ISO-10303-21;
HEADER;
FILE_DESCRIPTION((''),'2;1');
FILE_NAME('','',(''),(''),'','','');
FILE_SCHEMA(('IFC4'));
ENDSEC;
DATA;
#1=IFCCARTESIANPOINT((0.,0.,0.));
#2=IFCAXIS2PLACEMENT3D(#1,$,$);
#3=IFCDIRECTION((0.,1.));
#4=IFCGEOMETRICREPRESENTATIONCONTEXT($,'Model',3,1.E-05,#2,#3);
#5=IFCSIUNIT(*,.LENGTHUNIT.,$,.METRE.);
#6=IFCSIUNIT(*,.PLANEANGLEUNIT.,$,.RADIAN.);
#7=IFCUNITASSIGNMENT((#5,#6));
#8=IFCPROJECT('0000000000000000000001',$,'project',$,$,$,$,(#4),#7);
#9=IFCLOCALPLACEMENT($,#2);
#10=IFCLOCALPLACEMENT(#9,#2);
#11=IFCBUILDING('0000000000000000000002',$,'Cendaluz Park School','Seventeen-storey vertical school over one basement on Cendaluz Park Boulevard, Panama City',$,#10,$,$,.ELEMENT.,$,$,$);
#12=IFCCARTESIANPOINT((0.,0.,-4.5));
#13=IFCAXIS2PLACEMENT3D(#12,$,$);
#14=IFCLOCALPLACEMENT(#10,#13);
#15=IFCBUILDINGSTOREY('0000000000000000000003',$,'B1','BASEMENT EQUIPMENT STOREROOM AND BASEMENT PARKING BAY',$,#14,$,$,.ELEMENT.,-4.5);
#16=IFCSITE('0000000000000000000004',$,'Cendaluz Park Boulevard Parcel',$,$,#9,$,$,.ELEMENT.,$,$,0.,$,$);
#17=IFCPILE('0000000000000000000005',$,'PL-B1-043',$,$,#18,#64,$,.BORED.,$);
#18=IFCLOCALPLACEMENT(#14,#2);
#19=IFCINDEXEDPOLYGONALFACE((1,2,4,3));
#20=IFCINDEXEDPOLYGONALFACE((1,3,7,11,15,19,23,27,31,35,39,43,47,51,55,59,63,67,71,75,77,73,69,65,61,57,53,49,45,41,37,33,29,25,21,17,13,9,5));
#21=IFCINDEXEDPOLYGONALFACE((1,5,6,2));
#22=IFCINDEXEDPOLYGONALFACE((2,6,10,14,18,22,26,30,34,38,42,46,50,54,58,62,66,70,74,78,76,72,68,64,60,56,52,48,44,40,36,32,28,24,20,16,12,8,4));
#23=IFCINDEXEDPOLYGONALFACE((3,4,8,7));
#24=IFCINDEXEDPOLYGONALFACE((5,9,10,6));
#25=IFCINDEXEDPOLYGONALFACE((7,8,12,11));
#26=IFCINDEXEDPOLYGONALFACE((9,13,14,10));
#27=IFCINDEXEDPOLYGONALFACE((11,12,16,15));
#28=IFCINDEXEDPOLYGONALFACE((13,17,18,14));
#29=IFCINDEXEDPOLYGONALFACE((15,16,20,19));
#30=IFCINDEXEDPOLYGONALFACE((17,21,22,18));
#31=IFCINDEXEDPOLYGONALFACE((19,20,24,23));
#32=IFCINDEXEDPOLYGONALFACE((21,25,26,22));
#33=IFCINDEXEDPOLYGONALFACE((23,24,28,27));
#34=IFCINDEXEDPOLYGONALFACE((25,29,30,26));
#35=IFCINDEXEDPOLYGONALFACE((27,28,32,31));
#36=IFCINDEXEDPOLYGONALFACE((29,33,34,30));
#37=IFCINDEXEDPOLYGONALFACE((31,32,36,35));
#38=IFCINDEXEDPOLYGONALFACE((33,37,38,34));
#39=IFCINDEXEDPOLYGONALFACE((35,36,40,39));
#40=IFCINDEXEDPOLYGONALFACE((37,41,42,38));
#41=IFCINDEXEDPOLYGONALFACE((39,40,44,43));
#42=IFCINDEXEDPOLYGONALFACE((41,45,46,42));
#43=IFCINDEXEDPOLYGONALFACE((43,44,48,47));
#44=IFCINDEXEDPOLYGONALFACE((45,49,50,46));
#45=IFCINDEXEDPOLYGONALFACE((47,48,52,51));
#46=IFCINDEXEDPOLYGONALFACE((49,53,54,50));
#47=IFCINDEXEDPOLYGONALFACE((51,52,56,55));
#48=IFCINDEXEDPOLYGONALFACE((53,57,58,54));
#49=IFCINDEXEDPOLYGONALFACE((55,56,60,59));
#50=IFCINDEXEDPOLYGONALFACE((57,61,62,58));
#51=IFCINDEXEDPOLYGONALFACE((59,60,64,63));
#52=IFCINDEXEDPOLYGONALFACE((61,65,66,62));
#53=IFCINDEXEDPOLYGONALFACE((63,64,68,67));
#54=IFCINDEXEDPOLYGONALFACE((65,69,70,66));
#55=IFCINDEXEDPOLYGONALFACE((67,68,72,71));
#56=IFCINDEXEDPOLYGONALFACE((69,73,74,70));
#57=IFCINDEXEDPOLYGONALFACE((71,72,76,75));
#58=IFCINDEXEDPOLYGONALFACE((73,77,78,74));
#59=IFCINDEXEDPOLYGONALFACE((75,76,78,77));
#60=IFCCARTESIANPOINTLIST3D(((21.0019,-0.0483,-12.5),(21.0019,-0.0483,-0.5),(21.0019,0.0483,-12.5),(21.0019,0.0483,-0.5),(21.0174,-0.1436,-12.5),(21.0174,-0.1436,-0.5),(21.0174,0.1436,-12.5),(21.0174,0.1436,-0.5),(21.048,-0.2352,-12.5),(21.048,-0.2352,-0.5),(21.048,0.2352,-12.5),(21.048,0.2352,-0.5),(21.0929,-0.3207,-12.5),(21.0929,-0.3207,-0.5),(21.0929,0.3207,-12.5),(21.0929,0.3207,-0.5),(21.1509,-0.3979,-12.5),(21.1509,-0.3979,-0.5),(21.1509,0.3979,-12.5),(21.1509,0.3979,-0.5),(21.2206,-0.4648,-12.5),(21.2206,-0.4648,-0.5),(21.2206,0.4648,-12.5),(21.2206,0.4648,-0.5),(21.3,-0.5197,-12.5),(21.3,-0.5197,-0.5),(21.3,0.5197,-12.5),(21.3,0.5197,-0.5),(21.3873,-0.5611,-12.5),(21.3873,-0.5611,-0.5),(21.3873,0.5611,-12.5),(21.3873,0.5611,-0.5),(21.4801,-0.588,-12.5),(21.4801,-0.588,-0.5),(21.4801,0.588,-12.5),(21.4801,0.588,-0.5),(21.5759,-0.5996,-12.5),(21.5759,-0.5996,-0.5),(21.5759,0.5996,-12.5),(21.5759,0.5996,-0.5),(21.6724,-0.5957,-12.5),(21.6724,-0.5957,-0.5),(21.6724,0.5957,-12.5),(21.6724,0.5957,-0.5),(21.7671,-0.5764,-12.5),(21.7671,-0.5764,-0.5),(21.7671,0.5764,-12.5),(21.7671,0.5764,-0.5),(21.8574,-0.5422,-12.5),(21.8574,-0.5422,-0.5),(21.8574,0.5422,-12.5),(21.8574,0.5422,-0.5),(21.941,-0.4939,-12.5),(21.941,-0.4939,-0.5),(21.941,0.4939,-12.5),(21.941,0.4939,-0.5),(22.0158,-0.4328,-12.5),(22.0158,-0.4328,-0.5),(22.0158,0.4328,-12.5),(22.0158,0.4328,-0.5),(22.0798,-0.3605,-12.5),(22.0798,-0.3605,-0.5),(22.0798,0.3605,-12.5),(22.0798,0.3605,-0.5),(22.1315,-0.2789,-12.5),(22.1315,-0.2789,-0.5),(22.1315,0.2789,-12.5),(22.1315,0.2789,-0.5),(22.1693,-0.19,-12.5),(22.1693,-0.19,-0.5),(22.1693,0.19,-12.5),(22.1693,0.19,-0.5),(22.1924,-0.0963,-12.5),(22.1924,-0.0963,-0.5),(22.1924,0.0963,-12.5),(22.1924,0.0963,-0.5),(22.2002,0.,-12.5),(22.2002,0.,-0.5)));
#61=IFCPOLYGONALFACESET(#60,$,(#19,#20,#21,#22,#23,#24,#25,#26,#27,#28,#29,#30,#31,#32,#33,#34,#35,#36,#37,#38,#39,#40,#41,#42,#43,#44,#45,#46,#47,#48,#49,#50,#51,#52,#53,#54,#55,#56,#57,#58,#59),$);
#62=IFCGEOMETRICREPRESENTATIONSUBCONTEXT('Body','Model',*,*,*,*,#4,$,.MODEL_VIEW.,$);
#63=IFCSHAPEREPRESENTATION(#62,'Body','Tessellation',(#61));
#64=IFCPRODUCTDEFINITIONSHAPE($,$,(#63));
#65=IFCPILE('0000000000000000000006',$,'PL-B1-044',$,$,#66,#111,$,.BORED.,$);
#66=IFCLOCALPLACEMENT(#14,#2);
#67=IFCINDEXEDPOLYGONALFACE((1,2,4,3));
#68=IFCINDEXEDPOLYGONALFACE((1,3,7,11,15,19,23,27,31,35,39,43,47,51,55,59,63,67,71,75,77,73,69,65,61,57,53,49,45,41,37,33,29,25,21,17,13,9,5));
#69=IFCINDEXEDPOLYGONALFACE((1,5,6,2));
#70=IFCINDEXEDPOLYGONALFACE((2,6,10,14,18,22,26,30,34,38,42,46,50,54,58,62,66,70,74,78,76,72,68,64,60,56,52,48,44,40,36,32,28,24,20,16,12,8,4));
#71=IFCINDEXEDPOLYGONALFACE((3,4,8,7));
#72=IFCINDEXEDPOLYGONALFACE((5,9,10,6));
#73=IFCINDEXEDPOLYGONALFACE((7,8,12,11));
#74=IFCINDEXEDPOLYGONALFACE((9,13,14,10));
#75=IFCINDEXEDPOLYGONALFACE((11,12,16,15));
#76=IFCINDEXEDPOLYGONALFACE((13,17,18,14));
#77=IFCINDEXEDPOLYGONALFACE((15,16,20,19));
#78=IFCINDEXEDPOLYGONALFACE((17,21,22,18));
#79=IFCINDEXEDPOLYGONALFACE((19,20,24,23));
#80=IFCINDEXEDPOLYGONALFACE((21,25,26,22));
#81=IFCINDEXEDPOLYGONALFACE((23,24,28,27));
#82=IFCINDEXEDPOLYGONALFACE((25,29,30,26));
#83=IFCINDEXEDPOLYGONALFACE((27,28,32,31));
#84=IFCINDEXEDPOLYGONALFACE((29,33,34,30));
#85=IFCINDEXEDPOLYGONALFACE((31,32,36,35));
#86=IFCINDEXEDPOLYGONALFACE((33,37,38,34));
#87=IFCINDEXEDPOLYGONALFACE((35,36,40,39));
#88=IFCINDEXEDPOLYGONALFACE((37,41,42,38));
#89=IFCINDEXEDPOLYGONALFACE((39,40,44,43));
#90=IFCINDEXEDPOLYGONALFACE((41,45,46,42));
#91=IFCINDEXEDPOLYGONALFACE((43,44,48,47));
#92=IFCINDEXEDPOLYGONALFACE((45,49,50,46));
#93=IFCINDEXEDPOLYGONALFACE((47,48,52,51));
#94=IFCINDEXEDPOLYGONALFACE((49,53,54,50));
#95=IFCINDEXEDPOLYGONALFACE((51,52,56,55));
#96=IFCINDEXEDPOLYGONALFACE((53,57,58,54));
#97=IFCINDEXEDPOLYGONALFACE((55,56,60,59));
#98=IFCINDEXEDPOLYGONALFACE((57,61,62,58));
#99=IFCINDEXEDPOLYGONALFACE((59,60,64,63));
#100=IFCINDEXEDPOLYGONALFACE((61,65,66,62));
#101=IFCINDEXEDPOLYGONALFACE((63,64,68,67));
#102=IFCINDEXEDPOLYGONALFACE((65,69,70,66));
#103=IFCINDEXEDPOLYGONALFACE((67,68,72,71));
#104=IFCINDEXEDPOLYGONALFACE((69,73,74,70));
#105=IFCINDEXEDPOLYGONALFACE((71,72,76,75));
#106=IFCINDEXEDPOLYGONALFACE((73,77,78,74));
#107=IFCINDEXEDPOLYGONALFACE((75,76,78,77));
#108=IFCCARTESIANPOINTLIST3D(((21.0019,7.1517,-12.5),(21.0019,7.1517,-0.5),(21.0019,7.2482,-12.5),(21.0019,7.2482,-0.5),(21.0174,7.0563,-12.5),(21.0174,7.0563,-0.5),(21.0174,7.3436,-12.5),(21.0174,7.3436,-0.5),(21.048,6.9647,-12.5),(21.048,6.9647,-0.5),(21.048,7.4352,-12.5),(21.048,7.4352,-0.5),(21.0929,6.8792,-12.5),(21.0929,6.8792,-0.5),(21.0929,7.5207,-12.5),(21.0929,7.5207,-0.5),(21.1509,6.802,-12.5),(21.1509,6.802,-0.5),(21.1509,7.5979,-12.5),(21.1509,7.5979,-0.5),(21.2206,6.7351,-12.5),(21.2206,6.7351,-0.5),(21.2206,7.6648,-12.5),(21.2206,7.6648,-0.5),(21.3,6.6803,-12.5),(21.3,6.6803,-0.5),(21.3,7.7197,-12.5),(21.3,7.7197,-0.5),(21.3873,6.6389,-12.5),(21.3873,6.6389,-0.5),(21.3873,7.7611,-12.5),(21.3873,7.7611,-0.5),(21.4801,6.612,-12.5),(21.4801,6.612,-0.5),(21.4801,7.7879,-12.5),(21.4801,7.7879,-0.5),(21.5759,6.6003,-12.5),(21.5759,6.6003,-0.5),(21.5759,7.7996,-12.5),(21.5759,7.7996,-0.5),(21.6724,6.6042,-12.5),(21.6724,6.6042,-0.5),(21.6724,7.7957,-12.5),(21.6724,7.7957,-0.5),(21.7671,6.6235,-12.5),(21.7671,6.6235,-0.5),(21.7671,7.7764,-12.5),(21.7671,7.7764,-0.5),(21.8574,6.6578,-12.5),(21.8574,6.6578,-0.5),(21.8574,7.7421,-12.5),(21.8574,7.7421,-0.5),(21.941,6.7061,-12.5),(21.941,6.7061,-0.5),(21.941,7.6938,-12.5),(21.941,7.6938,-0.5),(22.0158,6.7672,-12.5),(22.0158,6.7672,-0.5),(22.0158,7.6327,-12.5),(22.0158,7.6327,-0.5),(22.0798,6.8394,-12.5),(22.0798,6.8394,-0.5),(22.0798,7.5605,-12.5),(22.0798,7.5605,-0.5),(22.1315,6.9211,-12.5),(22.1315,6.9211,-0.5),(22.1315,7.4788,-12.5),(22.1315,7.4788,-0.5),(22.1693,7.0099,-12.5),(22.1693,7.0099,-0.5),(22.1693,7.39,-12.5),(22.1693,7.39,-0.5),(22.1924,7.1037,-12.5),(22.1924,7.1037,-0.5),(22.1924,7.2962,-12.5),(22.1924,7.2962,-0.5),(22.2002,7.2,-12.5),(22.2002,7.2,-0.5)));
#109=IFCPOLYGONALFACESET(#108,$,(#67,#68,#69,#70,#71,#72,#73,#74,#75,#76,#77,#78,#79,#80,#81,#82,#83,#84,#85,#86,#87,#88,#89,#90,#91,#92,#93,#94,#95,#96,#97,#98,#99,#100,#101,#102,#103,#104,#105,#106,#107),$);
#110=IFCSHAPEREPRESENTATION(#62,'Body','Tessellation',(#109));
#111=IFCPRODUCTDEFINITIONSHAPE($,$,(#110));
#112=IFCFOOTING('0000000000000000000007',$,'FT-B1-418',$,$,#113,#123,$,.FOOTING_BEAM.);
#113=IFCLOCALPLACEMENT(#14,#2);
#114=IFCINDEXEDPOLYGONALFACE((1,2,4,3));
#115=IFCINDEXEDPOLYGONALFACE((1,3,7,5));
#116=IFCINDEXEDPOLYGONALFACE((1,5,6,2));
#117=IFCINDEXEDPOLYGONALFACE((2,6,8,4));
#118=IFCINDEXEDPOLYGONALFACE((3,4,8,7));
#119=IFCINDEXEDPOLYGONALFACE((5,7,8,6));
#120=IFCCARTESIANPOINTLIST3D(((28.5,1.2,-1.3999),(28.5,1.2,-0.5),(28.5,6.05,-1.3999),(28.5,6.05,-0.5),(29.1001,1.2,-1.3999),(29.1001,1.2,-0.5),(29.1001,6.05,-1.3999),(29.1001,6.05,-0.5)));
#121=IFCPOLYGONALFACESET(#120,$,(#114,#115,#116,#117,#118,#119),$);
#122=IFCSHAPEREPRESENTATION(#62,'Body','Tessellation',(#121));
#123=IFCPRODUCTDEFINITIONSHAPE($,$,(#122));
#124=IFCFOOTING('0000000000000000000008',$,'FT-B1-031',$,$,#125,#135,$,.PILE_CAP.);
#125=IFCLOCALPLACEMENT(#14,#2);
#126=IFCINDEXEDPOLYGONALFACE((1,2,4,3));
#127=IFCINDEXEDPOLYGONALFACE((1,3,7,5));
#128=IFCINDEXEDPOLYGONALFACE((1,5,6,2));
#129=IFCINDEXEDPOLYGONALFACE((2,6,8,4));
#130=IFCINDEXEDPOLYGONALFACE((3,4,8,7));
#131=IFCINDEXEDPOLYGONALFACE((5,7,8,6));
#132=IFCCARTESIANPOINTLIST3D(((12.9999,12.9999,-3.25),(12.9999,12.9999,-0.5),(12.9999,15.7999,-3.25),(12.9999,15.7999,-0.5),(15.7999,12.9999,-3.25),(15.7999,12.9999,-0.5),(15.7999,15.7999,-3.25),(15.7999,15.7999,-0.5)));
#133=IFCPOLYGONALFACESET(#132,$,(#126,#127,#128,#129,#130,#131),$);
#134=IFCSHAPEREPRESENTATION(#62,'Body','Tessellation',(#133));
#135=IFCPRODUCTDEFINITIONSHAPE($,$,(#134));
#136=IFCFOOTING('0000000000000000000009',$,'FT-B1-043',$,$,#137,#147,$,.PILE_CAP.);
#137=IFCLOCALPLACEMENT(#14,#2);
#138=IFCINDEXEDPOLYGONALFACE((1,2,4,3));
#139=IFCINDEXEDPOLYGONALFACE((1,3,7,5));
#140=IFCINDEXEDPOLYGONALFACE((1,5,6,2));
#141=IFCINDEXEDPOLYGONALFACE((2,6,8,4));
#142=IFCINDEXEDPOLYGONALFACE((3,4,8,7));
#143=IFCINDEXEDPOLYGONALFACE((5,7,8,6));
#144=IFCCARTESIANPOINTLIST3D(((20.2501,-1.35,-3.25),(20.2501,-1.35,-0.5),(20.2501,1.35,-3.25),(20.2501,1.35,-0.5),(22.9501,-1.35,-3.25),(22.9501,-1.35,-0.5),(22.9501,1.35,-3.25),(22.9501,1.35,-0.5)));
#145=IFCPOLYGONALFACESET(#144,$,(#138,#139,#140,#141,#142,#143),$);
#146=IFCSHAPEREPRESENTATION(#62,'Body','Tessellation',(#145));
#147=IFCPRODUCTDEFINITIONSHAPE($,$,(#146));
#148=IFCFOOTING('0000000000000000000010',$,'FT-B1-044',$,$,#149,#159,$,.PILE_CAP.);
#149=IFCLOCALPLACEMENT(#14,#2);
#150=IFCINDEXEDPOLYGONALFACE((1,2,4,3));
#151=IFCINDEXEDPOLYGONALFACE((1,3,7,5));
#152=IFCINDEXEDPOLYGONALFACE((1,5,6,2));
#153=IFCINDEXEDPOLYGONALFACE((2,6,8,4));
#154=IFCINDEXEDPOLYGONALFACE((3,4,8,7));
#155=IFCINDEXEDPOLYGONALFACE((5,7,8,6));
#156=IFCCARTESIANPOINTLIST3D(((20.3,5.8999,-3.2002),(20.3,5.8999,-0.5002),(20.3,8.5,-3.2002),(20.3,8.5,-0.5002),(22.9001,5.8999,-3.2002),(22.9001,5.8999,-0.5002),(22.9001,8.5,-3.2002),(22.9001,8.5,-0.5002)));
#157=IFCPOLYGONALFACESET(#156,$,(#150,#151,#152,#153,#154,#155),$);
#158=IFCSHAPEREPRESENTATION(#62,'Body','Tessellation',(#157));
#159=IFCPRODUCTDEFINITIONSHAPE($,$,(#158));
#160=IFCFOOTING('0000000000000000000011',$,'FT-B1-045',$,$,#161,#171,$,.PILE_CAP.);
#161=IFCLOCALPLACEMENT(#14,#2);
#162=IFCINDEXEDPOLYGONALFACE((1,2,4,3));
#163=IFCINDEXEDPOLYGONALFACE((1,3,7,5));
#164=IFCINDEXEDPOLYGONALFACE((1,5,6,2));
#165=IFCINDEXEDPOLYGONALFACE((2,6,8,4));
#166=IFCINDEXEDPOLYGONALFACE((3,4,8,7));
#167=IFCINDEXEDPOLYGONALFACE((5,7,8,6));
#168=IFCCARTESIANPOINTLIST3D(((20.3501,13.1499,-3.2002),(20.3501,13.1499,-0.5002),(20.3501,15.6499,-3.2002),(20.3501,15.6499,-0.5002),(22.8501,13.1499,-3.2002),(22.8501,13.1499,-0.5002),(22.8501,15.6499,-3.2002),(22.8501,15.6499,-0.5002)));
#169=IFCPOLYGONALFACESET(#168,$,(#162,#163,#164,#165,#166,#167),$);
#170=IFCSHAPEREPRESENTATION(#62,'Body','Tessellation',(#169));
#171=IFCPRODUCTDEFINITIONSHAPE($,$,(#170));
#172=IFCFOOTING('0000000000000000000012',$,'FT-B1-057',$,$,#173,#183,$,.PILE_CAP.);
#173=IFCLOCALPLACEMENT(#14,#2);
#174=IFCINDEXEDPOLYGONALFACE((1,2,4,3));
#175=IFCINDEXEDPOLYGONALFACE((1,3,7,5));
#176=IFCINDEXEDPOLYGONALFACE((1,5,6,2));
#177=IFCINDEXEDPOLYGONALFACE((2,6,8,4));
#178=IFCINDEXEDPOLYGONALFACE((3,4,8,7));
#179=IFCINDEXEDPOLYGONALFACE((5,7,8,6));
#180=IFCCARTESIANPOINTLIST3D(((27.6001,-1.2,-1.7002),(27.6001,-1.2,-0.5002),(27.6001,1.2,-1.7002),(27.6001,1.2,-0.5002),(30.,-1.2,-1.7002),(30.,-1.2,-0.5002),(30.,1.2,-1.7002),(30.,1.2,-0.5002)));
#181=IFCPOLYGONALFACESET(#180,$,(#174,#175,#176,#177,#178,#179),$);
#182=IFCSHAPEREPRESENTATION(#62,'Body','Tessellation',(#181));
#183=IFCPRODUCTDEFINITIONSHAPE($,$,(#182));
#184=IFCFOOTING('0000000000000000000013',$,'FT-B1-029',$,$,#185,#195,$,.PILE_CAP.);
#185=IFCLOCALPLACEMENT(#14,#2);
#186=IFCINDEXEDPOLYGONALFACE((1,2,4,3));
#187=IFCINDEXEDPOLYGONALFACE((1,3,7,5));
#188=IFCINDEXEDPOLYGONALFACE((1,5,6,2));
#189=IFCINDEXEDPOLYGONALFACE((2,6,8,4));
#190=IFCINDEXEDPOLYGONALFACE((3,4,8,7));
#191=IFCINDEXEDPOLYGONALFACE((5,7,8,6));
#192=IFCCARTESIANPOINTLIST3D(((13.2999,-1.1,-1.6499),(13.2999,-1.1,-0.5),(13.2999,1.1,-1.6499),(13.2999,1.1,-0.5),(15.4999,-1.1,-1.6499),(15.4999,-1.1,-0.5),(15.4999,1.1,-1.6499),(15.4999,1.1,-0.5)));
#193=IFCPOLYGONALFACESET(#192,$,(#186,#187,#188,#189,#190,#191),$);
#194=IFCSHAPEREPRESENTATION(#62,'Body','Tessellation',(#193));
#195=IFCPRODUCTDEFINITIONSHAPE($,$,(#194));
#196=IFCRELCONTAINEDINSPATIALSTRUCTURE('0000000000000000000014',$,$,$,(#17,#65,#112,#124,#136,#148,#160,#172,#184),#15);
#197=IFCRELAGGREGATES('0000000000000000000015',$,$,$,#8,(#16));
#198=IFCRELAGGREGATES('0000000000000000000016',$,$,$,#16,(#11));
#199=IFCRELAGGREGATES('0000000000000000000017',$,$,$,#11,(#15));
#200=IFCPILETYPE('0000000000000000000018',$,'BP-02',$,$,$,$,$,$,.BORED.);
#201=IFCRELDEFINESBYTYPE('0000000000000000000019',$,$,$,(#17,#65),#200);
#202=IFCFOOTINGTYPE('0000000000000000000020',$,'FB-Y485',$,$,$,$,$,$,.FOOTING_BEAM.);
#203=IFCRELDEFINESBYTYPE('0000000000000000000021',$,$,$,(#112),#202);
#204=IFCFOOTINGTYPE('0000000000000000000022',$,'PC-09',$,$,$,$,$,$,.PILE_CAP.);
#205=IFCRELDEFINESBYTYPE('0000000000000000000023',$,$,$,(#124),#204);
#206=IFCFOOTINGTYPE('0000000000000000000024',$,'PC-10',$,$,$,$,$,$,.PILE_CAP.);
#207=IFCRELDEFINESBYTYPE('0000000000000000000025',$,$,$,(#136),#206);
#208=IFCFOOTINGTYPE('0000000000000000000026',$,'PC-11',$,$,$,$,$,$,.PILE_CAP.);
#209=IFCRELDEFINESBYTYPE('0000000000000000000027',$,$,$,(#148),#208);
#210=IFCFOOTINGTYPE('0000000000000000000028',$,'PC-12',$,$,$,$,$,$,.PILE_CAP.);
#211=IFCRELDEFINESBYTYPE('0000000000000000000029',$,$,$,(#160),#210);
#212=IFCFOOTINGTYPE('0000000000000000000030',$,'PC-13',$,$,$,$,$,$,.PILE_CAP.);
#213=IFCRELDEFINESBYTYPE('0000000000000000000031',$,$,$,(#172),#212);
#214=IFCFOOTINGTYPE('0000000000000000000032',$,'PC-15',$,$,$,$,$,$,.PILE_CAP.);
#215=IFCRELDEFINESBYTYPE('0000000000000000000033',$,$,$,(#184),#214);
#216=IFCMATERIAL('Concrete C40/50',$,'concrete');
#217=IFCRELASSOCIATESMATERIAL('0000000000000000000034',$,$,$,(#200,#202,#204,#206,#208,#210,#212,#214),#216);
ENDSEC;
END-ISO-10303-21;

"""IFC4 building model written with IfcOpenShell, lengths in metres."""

from ifc_helpers import new_model, si_unit, direction, frame, origin, origin_2d, place, context, subcontext, project, spatial, rectangle, circle, extrude, material, material_profile, profile_set, type_object, element, save


model = new_model("IFC4")

# Units and contexts
model_context = context("Model", 3, precision=1e-05, world=origin(), true_north=direction((0.0, 1.0)))
body_context = subcontext(model_context, "Body", "Model", "MODEL_VIEW")
ifc_project = project(units=[si_unit("LENGTHUNIT", "METRE"), si_unit("PLANEANGLEUNIT", "RADIAN")], contexts=[model_context])

# Site, building, storey
site_placement = place(None, origin())
site = spatial("IfcSite", under=ifc_project, at=site_placement, Name="Cendaluz Park Boulevard Parcel", CompositionType="ELEMENT", RefElevation=0.0)
building_placement = place(site_placement, origin())
building = spatial("IfcBuilding", under=site, at=building_placement, Name="Cendaluz Park School", Description="Seventeen-storey vertical school over one basement on Cendaluz Park Boulevard, Panama City", CompositionType="ELEMENT")
storey_placement = place(building_placement, frame((0.0, 0.0, -4.5)))
storey = spatial("IfcBuildingStorey", under=building, at=storey_placement, Name="B1", Description="BASEMENT EQUIPMENT STOREROOM AND BASEMENT PARKING BAY", CompositionType="ELEMENT", Elevation=-4.5)

# Piles
ifc_material_1 = material(Name="Concrete C40/50", Category="concrete")
ifc_material_profile_1 = material_profile(ifc_material_1, circle(Radius=0.6001, at=origin_2d()), Name="BP D1200", Category="concrete")
ifc_profile_set_1 = profile_set([ifc_material_profile_1], Name="Concrete C40/50")
pile_type_1 = type_object("IfcPileType", Name="BP-02", PredefinedType="BORED", material=ifc_profile_set_1)
for number, where, z_axis, x_axis, name in (
    (1, (21.6001, 0.0, -0.5), (0.0, 0.0, -1.0), (1.0, 0.0, 0.0), "PL-B1-043"),
    (2, (21.6001, 7.2, -0.5), (0.0, 0.0, -1.0), (1.0, 0.0, 0.0), "PL-B1-044"),
):
    element("IfcPile", number, at=place(storey_placement, frame(where, z_axis=z_axis, x_axis=x_axis)), inside=storey, type_object=pile_type_1, Name=name, PredefinedType="BORED", context=body_context, shape_type="SweptSolid", body=[
        extrude(circle(Radius=0.6001, at=origin_2d()), origin(), (0.0, 0.0, 1.0), 12.0),
    ])

# Footings
footing_type_1 = type_object("IfcFootingType", Name="FB-Y485", PredefinedType="FOOTING_BEAM", material=ifc_material_1)
footing_1_placement = place(storey_placement, frame((28.8, 3.625, -1.3999), z_axis=(0.0, 0.0, 1.0), x_axis=(1.0, 0.0, 0.0)))
element("IfcFooting", 3, at=footing_1_placement, inside=storey, type_object=footing_type_1, Name="FT-B1-418", PredefinedType="FOOTING_BEAM", context=body_context, shape_type="SweptSolid", body=[
    extrude(rectangle(XDim=0.6001, YDim=4.8501, at=origin_2d()), origin(), (0.0, 0.0, 1.0), 0.8999),
])
footing_type_2 = type_object("IfcFootingType", Name="PC-09", PredefinedType="PILE_CAP", material=ifc_material_1)
footing_2_placement = place(storey_placement, frame((14.3999, 14.3999, -3.25), z_axis=(0.0, 0.0, 1.0), x_axis=(1.0, 0.0, 0.0)))
element("IfcFooting", 4, at=footing_2_placement, inside=storey, type_object=footing_type_2, Name="FT-B1-031", PredefinedType="PILE_CAP", context=body_context, shape_type="SweptSolid", body=[
    extrude(rectangle(XDim=2.8, YDim=2.8, at=origin_2d()), origin(), (0.0, 0.0, 1.0), 2.75),
])
footing_type_3 = type_object("IfcFootingType", Name="PC-10", PredefinedType="PILE_CAP", material=ifc_material_1)
footing_3_placement = place(storey_placement, frame((21.6001, 0.0, -3.25), z_axis=(0.0, 0.0, 1.0), x_axis=(1.0, 0.0, 0.0)))
element("IfcFooting", 5, at=footing_3_placement, inside=storey, type_object=footing_type_3, Name="FT-B1-043", PredefinedType="PILE_CAP", context=body_context, shape_type="SweptSolid", body=[
    extrude(rectangle(XDim=2.7, YDim=2.7, at=origin_2d()), origin(), (0.0, 0.0, 1.0), 2.75),
])
footing_type_4 = type_object("IfcFootingType", Name="PC-11", PredefinedType="PILE_CAP", material=ifc_material_1)
footing_4_placement = place(storey_placement, frame((21.6001, 7.2, -3.2002), z_axis=(0.0, 0.0, 1.0), x_axis=(1.0, 0.0, 0.0)))
element("IfcFooting", 6, at=footing_4_placement, inside=storey, type_object=footing_type_4, Name="FT-B1-044", PredefinedType="PILE_CAP", context=body_context, shape_type="SweptSolid", body=[
    extrude(rectangle(XDim=2.6001, YDim=2.6001, at=origin_2d()), origin(), (0.0, 0.0, 1.0), 2.7),
])
footing_type_5 = type_object("IfcFootingType", Name="PC-12", PredefinedType="PILE_CAP", material=ifc_material_1)
footing_5_placement = place(storey_placement, frame((21.6001, 14.3999, -3.2002), z_axis=(0.0, 0.0, 1.0), x_axis=(1.0, 0.0, 0.0)))
element("IfcFooting", 7, at=footing_5_placement, inside=storey, type_object=footing_type_5, Name="FT-B1-045", PredefinedType="PILE_CAP", context=body_context, shape_type="SweptSolid", body=[
    extrude(rectangle(XDim=2.5, YDim=2.5, at=origin_2d()), origin(), (0.0, 0.0, 1.0), 2.7),
])
footing_type_6 = type_object("IfcFootingType", Name="PC-13", PredefinedType="PILE_CAP", material=ifc_material_1)
footing_6_placement = place(storey_placement, frame((28.8, 0.0, -1.7002), z_axis=(0.0, 0.0, 1.0), x_axis=(1.0, 0.0, 0.0)))
element("IfcFooting", 8, at=footing_6_placement, inside=storey, type_object=footing_type_6, Name="FT-B1-057", PredefinedType="PILE_CAP", context=body_context, shape_type="SweptSolid", body=[
    extrude(rectangle(XDim=2.3999, YDim=2.3999, at=origin_2d()), origin(), (0.0, 0.0, 1.0), 1.2),
])
footing_type_7 = type_object("IfcFootingType", Name="PC-15", PredefinedType="PILE_CAP", material=ifc_material_1)
footing_7_placement = place(storey_placement, frame((14.3999, 0.0, -1.6499), z_axis=(0.0, 0.0, 1.0), x_axis=(1.0, 0.0, 0.0)))
element("IfcFooting", 9, at=footing_7_placement, inside=storey, type_object=footing_type_7, Name="FT-B1-029", PredefinedType="PILE_CAP", context=body_context, shape_type="SweptSolid", body=[
    extrude(rectangle(XDim=2.2, YDim=2.2, at=origin_2d()), origin(), (0.0, 0.0, 1.0), 1.1499),
])

save(model, "model.ifc")
